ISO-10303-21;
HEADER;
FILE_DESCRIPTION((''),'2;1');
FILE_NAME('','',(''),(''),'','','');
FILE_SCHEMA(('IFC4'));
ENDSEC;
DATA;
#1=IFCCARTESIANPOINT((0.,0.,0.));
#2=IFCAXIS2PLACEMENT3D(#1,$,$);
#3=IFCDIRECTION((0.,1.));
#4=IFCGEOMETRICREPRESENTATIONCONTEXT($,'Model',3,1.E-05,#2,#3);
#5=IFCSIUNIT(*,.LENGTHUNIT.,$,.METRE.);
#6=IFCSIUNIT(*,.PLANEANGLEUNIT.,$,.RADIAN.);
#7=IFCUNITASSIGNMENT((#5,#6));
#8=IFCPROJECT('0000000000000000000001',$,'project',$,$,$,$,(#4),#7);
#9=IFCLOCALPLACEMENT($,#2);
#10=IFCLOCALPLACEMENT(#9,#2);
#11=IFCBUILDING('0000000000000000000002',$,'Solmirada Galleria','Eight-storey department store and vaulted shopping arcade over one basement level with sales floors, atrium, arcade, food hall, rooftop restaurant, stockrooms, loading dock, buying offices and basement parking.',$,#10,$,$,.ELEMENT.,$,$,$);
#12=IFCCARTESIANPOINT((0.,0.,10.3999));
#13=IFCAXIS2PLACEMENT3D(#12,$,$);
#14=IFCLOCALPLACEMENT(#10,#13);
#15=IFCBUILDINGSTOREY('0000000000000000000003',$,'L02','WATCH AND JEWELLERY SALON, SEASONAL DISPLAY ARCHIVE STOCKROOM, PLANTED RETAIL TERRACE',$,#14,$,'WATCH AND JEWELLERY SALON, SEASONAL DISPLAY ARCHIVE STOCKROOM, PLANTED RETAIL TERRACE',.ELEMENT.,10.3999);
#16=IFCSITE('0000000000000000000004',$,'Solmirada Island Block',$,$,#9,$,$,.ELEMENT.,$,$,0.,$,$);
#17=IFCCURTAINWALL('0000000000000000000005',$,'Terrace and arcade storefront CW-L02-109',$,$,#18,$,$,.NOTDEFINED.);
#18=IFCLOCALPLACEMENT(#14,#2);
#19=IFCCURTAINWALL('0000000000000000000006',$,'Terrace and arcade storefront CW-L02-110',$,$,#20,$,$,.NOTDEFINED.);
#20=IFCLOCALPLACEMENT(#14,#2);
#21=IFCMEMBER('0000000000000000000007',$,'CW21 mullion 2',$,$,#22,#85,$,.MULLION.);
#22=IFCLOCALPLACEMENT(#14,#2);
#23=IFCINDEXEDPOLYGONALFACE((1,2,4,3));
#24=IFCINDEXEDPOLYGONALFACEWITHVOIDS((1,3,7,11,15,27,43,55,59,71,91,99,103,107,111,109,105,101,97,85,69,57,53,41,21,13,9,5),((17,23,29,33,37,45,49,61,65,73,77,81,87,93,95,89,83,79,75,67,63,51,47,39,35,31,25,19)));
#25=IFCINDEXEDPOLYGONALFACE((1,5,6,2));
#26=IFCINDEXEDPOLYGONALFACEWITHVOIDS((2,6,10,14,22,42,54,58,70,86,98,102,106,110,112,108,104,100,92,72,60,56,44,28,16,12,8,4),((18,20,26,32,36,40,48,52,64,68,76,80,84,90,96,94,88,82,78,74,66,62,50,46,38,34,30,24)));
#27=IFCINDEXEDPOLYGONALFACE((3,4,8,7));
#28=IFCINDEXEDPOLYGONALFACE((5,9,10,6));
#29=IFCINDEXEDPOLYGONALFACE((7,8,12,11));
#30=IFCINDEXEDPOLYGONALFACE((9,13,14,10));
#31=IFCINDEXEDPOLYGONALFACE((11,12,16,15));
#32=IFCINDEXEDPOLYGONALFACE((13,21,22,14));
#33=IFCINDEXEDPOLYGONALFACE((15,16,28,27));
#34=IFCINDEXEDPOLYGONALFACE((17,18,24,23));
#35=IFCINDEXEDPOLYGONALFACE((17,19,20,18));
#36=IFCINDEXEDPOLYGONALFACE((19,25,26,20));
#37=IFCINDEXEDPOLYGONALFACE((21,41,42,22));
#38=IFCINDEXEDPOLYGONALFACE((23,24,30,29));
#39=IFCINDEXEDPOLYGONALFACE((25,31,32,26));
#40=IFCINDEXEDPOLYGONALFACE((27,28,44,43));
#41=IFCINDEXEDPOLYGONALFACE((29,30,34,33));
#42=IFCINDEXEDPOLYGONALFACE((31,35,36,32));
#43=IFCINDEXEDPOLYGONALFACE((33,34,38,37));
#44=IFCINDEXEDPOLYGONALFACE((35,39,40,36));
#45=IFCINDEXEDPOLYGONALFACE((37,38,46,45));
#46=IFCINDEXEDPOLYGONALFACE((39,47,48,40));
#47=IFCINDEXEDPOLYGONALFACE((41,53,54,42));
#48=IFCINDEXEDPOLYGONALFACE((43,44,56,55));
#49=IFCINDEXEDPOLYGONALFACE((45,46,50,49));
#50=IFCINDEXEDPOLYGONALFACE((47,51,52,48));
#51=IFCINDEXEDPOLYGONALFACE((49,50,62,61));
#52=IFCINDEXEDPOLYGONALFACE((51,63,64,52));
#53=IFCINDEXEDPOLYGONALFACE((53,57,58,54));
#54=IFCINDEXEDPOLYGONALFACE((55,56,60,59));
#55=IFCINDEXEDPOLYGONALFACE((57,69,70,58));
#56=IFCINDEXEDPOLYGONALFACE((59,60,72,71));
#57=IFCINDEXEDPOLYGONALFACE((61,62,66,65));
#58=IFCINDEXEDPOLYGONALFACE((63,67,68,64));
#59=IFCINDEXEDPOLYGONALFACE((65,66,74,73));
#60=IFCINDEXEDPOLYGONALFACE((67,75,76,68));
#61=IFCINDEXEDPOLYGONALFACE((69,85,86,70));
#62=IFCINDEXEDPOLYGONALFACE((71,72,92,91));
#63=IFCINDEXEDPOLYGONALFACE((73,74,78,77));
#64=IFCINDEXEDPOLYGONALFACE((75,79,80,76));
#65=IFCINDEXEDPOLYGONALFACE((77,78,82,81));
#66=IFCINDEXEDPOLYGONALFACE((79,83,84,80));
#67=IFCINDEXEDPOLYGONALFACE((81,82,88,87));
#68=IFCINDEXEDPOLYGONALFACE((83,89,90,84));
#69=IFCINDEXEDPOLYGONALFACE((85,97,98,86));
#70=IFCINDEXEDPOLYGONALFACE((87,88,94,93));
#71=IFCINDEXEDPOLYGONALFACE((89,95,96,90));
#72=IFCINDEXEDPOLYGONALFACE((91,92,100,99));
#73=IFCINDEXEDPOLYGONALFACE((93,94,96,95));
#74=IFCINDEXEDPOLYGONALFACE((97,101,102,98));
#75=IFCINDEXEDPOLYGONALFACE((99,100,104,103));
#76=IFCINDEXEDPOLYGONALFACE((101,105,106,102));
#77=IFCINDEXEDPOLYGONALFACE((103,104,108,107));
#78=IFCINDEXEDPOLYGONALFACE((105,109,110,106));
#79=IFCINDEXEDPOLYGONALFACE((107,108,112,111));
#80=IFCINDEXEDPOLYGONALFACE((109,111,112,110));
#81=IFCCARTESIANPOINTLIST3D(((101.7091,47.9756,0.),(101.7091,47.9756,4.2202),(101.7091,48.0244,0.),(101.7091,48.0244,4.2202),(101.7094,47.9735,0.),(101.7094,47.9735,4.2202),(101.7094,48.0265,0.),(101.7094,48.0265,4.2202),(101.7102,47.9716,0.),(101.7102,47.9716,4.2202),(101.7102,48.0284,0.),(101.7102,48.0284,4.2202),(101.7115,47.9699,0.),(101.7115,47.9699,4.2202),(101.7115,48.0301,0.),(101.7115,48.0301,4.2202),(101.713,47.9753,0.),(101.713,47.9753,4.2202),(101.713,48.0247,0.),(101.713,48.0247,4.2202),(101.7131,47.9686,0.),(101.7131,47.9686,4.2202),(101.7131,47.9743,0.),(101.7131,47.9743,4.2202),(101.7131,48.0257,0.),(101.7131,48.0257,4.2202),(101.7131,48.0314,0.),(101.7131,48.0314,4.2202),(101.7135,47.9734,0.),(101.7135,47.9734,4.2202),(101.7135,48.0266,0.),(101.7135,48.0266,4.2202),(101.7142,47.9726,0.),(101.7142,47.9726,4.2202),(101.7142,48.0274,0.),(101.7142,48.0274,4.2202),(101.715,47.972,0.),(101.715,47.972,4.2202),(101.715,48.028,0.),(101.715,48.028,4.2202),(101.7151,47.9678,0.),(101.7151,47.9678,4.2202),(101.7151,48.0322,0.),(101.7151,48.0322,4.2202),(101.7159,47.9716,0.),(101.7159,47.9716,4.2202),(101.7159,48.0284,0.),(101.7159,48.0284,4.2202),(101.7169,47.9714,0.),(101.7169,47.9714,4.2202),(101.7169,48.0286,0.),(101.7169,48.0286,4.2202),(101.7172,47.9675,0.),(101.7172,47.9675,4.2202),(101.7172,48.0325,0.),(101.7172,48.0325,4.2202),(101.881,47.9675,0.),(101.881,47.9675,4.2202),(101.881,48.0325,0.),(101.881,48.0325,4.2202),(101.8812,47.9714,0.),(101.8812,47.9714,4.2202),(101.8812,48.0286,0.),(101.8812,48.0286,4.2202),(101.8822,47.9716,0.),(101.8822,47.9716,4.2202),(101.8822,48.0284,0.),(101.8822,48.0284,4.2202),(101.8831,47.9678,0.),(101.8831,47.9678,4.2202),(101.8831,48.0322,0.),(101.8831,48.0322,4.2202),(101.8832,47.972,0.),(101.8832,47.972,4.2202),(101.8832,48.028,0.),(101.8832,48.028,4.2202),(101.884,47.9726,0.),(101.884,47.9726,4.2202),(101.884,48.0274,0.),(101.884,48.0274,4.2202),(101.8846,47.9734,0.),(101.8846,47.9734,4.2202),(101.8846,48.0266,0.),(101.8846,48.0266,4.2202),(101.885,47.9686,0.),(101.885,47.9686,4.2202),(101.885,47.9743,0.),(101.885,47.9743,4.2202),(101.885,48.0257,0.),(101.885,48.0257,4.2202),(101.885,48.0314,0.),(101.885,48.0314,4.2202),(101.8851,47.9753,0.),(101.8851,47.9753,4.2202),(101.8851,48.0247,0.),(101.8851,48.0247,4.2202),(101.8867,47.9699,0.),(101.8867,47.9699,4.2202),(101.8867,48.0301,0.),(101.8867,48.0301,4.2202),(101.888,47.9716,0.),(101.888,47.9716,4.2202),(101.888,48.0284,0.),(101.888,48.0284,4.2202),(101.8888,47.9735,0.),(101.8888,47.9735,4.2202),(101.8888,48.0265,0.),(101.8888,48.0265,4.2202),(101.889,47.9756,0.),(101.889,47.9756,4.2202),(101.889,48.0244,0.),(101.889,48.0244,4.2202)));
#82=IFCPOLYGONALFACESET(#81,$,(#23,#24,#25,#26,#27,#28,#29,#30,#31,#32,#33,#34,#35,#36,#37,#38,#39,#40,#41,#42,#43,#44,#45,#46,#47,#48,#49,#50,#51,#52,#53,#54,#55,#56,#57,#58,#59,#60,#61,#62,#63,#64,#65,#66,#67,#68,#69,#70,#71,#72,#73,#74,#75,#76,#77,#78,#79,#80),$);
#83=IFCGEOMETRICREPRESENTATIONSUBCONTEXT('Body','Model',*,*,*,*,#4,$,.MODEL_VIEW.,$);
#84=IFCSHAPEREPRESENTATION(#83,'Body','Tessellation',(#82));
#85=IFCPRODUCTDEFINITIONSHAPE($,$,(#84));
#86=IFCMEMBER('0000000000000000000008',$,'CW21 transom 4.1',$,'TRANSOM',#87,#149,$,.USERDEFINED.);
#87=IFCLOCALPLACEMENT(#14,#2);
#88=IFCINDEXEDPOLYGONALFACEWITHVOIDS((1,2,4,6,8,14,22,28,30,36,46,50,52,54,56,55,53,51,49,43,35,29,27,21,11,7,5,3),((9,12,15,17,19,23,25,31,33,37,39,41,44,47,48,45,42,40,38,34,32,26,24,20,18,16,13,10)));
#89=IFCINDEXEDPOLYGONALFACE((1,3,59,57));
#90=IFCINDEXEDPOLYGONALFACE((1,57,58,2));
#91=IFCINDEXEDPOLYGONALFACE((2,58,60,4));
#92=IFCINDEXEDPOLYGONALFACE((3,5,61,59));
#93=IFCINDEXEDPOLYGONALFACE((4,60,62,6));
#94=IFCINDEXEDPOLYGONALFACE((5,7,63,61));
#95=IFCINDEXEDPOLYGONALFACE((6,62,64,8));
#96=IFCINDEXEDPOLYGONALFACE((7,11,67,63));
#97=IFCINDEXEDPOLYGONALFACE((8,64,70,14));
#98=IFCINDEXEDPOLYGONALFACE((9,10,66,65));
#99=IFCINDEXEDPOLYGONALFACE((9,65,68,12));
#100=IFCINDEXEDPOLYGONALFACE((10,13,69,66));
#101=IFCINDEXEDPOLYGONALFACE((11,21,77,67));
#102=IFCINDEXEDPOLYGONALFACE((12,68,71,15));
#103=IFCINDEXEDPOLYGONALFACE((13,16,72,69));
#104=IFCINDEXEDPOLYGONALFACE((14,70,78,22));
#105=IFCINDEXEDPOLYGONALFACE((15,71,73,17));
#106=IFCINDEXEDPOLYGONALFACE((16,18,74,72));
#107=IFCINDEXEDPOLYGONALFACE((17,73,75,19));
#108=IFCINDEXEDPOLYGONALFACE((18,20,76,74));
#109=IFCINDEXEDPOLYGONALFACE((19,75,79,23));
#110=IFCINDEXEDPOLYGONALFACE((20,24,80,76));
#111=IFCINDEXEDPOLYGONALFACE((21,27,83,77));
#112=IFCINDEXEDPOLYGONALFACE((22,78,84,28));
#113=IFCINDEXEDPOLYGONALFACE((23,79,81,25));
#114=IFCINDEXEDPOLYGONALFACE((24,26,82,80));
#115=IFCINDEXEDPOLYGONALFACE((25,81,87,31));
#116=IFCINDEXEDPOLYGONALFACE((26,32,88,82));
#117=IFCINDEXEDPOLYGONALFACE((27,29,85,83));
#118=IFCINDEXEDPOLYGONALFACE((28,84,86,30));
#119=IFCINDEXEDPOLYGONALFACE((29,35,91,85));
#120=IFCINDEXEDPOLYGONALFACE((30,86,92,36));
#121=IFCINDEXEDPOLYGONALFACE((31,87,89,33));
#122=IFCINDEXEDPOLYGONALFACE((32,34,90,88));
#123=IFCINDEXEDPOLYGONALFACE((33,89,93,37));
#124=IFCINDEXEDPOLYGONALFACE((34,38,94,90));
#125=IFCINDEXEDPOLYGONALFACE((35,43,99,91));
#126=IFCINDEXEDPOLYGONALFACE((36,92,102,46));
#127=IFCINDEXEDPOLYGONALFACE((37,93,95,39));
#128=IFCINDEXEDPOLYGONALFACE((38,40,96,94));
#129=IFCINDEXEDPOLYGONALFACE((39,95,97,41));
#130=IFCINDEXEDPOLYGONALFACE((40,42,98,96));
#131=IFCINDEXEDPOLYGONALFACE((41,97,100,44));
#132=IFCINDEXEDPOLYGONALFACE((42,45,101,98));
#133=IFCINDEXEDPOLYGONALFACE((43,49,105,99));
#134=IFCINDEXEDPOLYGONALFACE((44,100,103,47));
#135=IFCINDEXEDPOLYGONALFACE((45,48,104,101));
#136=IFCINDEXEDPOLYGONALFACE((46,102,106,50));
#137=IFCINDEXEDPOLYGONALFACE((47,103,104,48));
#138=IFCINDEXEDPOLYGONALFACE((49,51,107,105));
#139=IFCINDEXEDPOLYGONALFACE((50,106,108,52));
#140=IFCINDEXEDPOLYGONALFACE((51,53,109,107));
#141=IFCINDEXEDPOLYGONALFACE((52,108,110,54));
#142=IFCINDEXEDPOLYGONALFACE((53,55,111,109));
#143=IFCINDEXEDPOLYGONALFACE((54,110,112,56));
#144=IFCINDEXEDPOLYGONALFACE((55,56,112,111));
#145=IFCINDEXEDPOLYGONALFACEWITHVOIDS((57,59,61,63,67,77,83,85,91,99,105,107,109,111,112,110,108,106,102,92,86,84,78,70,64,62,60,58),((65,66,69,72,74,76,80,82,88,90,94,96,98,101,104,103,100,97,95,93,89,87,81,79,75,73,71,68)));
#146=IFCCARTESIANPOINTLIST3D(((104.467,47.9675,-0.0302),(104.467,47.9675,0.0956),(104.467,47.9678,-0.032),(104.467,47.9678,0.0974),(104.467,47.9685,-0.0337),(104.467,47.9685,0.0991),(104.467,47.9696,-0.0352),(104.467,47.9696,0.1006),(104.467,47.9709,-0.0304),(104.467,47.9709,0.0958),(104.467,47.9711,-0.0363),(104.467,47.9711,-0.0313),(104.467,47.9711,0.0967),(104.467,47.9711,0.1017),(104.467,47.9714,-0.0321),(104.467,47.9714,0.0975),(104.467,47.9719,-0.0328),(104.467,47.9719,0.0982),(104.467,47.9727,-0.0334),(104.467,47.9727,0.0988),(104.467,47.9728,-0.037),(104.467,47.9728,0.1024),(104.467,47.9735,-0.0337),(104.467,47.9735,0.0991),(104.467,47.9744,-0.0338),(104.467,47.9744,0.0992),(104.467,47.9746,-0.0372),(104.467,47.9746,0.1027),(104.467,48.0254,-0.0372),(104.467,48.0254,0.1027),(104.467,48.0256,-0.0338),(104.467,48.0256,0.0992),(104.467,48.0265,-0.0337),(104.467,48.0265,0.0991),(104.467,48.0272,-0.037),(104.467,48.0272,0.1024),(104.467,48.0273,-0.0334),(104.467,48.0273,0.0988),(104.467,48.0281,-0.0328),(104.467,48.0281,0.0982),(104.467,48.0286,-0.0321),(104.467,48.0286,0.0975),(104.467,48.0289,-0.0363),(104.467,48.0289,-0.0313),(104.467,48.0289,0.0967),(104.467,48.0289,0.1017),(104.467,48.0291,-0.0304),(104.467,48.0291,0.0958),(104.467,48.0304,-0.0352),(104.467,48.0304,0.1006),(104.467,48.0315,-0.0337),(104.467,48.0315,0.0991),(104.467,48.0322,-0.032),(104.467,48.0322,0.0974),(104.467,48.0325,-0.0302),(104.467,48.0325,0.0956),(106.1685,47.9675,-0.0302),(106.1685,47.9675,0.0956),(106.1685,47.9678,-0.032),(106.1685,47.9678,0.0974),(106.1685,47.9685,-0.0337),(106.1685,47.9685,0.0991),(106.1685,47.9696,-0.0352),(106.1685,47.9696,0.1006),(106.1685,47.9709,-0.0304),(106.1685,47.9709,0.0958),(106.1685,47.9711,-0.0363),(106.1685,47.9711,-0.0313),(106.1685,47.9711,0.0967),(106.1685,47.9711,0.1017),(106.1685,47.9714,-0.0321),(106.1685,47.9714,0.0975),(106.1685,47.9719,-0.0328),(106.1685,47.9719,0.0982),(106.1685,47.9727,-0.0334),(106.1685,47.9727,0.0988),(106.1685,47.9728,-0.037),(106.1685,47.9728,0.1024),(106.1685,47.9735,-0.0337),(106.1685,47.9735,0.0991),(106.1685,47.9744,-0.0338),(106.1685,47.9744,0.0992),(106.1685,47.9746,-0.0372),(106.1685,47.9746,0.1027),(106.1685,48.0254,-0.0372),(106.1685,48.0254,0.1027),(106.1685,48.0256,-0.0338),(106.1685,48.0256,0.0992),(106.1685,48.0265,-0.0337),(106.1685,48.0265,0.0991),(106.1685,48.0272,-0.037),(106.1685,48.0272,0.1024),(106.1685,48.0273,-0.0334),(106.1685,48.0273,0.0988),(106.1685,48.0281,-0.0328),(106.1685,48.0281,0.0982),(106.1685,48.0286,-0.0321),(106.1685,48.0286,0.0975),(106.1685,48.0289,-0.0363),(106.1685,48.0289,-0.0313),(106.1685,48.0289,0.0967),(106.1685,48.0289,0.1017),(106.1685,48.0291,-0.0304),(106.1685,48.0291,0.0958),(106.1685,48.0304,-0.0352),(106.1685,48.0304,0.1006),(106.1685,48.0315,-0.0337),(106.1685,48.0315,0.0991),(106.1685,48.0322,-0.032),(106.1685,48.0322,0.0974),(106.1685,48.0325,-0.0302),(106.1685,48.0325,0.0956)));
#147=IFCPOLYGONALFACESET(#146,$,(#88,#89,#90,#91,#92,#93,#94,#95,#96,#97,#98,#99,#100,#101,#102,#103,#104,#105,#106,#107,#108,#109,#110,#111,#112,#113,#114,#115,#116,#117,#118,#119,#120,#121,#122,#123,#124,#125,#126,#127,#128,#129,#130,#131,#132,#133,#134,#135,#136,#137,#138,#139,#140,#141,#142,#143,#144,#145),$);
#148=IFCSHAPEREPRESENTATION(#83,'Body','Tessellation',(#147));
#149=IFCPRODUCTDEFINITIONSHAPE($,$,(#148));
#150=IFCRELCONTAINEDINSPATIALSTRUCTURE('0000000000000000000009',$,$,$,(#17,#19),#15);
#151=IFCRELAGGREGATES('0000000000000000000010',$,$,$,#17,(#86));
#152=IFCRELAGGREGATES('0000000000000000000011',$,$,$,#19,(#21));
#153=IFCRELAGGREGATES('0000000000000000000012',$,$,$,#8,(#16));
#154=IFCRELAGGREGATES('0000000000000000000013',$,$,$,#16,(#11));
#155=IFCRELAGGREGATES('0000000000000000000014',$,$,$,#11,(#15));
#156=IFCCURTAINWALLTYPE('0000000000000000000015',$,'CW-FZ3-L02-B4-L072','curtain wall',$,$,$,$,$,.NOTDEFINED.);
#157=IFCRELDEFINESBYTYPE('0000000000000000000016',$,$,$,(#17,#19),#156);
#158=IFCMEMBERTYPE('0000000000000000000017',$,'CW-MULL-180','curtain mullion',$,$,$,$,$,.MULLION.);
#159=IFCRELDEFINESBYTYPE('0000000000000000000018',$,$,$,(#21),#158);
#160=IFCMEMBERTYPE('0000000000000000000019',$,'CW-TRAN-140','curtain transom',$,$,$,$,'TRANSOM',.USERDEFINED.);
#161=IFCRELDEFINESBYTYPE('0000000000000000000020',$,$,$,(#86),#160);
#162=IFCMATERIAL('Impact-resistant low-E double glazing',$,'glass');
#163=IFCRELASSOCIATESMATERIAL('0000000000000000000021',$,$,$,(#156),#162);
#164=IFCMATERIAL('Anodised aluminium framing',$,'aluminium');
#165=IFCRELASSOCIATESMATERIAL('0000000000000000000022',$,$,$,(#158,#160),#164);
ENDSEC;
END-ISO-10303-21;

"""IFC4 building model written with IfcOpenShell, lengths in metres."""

from ifc_helpers import new_model, si_unit, direction, frame, origin, origin_2d, place, context, subcontext, project, spatial, hollow_rectangle, extrude, material, material_profile, profile_set, type_object, element, aggregate, save


model = new_model("IFC4")

# Units and contexts
model_context = context("Model", 3, precision=1e-05, world=origin(), true_north=direction((0.0, 1.0)))
body_context = subcontext(model_context, "Body", "Model", "MODEL_VIEW")
ifc_project = project(units=[si_unit("LENGTHUNIT", "METRE"), si_unit("PLANEANGLEUNIT", "RADIAN")], contexts=[model_context])

# Site, building, storey
site_placement = place(None, origin())
site = spatial("IfcSite", under=ifc_project, at=site_placement, Name="Solmirada Island Block", CompositionType="ELEMENT", RefElevation=0.0)
building_placement = place(site_placement, origin())
building = spatial("IfcBuilding", under=site, at=building_placement, Name="Solmirada Galleria", Description="Eight-storey department store and vaulted shopping arcade over one basement level with sales floors, atrium, arcade, food hall, rooftop restaurant, stockrooms, loading dock, buying offices and basement parking.", CompositionType="ELEMENT")
storey_placement = place(building_placement, frame((0.0, 0.0, 10.3999)))
storey = spatial("IfcBuildingStorey", under=building, at=storey_placement, Name="L02", Description="WATCH AND JEWELLERY SALON, SEASONAL DISPLAY ARCHIVE STOCKROOM, PLANTED RETAIL TERRACE", LongName="WATCH AND JEWELLERY SALON, SEASONAL DISPLAY ARCHIVE STOCKROOM, PLANTED RETAIL TERRACE", CompositionType="ELEMENT", Elevation=10.3999)

# Curtain walls, member
ifc_material_1 = material(Name="Impact-resistant low-E double glazing", Category="glass")
curtain_wall_type = type_object("IfcCurtainWallType", Name="CW-FZ3-L02-B4-L072", Description="curtain wall", PredefinedType="NOTDEFINED", material=ifc_material_1)
curtain_wall_1_placement = place(storey_placement, origin())
curtain_wall_1 = element("IfcCurtainWall", 1, at=curtain_wall_1_placement, inside=storey, type_object=curtain_wall_type, Name="Terrace and arcade storefront CW-L02-109", PredefinedType="NOTDEFINED")
ifc_material_2 = material(Name="Anodised aluminium framing", Category="aluminium")
ifc_material_profile_1 = material_profile(ifc_material_2, hollow_rectangle(XDim=0.0649, YDim=0.1799, WallThickness=0.0039, InnerFilletRadius=0.0039, OuterFilletRadius=0.0081, at=origin_2d()), Name="ALU-MULL-180X65")
ifc_profile_set_1 = profile_set([ifc_material_profile_1], Name="Anodised aluminium framing")
member_type_1 = type_object("IfcMemberType", Name="CW-MULL-180", Description="curtain mullion", PredefinedType="MULLION", material=ifc_profile_set_1)
curtain_wall_2_placement = place(storey_placement, origin())
curtain_wall_2 = element("IfcCurtainWall", 2, at=curtain_wall_2_placement, inside=storey, type_object=curtain_wall_type, Name="Terrace and arcade storefront CW-L02-110", PredefinedType="NOTDEFINED")
member_1_placement = place(storey_placement, frame((101.7991, 48.0, 0.0), z_axis=(0.0, 0.0, 1.0), x_axis=(0.0, -1.0, 0.0)))
member_1 = element("IfcMember", 3, at=member_1_placement, type_object=member_type_1, Name="CW21 mullion 2", PredefinedType="MULLION", context=body_context, shape_type="SweptSolid", body=[
    extrude(hollow_rectangle(XDim=0.0649, YDim=0.1799, WallThickness=0.0039, InnerFilletRadius=0.0039, OuterFilletRadius=0.0081, at=origin_2d()), origin(), (0.0, 0.0, 1.0), 4.2202),
])

# Member
ifc_material_profile_2 = material_profile(ifc_material_2, hollow_rectangle(XDim=0.0649, YDim=0.1399, WallThickness=0.0034, InnerFilletRadius=0.0034, OuterFilletRadius=0.0071, at=origin_2d()), Name="ALU-TRAN-140X65")
ifc_profile_set_2 = profile_set([ifc_material_profile_2], Name="Anodised aluminium framing")
member_type_2 = type_object("IfcMemberType", Name="CW-TRAN-140", Description="curtain transom", ElementType="TRANSOM", PredefinedType="USERDEFINED", material=ifc_profile_set_2)
member_2_placement = place(storey_placement, frame((106.1685, 48.0, 0.0327), z_axis=(-1.0, 0.0, 0.0), x_axis=(0.0, -1.0, 0.0)))
member_2 = element("IfcMember", 4, at=member_2_placement, type_object=member_type_2, Name="CW21 transom 4.1", ObjectType="TRANSOM", PredefinedType="USERDEFINED", context=body_context, shape_type="SweptSolid", body=[
    extrude(hollow_rectangle(XDim=0.0649, YDim=0.1399, WallThickness=0.0034, InnerFilletRadius=0.0034, OuterFilletRadius=0.0071, at=origin_2d()), origin(), (0.0, 0.0, 1.0), 1.7014),
])

aggregate(curtain_wall_1, [member_2])
aggregate(curtain_wall_2, [member_1])

save(model, "model.ifc")
